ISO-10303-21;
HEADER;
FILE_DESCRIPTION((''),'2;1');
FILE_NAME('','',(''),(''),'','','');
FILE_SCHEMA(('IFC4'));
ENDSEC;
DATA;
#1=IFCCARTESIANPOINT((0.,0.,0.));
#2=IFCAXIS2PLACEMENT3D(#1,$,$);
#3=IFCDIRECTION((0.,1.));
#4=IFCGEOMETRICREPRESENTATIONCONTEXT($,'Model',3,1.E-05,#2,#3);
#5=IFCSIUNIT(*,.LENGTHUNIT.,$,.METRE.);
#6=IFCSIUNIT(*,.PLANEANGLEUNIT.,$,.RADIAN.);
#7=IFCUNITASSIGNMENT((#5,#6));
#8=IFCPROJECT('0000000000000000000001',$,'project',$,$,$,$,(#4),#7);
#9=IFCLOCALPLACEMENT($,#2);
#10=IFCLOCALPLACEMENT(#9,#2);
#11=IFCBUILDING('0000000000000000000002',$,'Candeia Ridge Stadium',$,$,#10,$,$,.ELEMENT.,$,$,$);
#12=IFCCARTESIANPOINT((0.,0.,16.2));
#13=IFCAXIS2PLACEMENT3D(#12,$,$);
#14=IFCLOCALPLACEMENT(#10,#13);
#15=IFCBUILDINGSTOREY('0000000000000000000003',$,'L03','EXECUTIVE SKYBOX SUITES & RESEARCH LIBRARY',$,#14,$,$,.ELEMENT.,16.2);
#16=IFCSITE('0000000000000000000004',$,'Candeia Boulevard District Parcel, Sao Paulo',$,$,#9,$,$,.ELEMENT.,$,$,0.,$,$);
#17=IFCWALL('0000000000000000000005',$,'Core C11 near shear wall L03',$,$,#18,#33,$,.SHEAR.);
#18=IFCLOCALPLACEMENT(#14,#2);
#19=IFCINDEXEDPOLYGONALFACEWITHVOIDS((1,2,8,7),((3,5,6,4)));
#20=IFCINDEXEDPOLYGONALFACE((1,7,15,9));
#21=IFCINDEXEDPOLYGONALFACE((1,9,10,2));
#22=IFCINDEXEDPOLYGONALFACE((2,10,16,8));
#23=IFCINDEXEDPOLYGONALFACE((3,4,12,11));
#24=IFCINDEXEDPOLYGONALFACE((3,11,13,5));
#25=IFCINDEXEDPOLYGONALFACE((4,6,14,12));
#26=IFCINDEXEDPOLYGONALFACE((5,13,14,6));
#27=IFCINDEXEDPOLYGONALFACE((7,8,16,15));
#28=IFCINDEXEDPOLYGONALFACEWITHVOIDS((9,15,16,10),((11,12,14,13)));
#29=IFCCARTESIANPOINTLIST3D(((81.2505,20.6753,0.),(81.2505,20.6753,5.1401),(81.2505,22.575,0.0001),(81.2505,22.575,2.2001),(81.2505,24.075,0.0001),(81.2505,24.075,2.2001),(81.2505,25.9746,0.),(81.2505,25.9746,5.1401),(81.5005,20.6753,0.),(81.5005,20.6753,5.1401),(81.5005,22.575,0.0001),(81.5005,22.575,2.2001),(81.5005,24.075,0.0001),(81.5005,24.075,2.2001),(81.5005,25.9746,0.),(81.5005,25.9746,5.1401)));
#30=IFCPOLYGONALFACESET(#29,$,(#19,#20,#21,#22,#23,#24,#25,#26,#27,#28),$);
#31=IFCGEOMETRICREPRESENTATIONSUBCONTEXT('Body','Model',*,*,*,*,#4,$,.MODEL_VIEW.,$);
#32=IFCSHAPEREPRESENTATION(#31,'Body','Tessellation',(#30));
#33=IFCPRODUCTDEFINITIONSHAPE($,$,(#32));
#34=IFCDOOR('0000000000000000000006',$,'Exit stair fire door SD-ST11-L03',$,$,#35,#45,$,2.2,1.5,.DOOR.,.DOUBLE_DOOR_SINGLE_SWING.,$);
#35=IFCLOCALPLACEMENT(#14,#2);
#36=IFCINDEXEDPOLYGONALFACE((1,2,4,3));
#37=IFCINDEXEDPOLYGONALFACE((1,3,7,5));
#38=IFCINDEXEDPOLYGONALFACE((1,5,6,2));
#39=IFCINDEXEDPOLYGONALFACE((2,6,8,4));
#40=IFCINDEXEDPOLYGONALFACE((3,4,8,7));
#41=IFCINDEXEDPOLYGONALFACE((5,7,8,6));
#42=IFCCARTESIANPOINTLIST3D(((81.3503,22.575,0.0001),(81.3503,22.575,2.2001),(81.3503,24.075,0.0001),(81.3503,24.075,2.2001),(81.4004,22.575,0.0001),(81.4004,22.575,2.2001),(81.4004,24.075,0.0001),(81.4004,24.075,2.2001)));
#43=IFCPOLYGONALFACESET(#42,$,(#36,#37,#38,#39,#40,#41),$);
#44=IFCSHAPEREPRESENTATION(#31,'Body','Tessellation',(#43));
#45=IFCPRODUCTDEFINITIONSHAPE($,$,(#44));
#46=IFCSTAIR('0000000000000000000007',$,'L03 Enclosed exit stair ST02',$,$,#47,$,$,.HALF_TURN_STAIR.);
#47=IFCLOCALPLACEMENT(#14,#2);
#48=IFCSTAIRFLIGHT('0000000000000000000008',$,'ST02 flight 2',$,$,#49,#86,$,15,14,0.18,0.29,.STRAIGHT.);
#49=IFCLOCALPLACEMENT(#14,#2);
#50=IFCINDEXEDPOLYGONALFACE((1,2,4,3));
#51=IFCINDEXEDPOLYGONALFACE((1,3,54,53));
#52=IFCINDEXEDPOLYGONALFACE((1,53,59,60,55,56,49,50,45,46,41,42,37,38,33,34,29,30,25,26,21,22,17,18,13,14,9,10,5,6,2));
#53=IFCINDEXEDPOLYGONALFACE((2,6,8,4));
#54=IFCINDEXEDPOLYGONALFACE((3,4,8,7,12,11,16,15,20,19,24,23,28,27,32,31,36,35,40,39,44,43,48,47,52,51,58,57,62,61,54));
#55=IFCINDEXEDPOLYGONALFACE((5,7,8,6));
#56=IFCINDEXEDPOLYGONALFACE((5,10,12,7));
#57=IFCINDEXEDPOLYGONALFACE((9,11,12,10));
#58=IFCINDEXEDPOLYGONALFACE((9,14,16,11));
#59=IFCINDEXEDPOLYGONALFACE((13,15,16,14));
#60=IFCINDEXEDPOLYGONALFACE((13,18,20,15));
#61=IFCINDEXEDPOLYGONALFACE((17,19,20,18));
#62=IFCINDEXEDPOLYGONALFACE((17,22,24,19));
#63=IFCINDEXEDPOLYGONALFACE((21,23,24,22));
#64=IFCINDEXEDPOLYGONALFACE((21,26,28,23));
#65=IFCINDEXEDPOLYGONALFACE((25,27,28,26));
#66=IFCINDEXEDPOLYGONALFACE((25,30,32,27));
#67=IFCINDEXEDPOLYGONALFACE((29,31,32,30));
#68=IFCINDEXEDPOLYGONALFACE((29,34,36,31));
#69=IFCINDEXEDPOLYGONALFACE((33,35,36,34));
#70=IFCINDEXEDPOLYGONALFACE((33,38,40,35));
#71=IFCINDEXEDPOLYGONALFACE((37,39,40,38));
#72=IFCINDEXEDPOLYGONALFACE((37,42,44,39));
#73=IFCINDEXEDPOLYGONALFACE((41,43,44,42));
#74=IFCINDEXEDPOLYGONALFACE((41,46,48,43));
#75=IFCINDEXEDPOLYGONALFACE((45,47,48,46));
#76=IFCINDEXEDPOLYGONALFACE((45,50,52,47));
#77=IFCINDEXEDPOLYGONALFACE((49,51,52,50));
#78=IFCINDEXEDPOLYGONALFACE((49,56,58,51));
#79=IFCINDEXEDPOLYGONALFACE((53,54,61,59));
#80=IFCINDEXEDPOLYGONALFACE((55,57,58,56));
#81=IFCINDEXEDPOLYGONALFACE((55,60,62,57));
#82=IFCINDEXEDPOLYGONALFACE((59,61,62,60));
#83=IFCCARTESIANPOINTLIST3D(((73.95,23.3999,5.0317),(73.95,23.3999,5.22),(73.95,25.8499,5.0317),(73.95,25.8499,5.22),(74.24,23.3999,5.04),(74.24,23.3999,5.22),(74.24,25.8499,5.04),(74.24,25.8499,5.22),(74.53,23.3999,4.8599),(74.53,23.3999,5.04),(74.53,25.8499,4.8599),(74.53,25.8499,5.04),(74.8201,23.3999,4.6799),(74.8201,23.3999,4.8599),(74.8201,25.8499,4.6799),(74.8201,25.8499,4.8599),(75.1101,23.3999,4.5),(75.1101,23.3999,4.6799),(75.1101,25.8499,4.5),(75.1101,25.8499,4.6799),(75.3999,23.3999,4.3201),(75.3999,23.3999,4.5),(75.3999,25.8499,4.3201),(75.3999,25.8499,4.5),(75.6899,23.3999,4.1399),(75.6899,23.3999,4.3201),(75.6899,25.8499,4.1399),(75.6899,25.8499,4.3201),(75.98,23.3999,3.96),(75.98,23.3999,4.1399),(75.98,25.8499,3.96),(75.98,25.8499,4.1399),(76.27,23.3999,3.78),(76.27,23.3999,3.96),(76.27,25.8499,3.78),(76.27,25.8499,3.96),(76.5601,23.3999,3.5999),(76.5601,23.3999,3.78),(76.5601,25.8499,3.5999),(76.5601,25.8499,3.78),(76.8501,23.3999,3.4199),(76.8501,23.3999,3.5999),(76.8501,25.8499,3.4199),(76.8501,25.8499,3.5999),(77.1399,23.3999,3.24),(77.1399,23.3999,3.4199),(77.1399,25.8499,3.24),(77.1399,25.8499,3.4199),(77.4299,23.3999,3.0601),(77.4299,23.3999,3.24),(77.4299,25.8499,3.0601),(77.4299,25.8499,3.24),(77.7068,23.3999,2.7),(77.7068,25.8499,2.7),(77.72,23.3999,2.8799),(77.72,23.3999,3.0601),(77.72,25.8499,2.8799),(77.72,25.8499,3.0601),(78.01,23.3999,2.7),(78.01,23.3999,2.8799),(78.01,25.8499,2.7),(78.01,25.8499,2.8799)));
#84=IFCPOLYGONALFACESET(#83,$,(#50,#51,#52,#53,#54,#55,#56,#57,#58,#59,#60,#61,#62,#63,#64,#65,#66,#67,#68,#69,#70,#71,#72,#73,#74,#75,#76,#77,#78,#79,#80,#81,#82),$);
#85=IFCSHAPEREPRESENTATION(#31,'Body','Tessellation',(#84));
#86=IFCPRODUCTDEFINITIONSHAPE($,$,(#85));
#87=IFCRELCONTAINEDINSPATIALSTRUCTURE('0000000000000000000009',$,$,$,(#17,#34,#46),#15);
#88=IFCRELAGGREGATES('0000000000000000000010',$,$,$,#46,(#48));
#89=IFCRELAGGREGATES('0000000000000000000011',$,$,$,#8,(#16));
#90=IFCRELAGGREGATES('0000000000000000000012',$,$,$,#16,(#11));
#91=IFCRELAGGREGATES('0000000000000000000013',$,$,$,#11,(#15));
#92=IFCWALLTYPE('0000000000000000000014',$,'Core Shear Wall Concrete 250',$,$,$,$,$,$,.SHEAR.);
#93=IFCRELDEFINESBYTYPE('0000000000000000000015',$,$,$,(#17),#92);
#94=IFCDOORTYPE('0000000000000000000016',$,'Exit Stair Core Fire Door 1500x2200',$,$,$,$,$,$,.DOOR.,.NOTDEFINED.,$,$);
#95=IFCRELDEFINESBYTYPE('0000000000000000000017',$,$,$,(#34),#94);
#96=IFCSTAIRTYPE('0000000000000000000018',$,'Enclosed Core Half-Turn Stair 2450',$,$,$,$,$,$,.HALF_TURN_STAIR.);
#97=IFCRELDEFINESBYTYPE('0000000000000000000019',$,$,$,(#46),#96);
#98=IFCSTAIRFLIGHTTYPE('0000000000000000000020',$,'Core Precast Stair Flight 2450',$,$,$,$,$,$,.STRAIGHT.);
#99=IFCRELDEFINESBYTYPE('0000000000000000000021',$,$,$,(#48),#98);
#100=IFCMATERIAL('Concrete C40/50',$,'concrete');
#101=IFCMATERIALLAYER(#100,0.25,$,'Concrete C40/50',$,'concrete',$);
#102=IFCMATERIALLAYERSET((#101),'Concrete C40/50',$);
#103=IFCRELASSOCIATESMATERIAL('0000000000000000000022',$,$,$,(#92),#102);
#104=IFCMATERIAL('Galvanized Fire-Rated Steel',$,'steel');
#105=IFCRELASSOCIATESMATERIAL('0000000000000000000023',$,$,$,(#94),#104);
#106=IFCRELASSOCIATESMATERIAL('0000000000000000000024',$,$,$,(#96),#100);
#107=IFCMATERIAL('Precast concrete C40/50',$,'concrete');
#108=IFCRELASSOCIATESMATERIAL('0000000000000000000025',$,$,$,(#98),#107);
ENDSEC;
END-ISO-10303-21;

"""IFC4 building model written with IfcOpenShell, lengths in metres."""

from ifc_helpers import new_model, si_unit, direction, frame, frame_2d, origin, place, context, subcontext, project, spatial, polyline, rectangle, outline, extrude, material, layer, layer_set, type_object, element, fill, aggregate, save


model = new_model("IFC4")

# Units and contexts
model_context = context("Model", 3, precision=1e-05, world=origin(), true_north=direction((0.0, 1.0)))
body_context = subcontext(model_context, "Body", "Model", "MODEL_VIEW")
ifc_project = project(units=[si_unit("LENGTHUNIT", "METRE"), si_unit("PLANEANGLEUNIT", "RADIAN")], contexts=[model_context])

# Site, building, storey
site_placement = place(None, origin())
site = spatial("IfcSite", under=ifc_project, at=site_placement, Name="Candeia Boulevard District Parcel, Sao Paulo", CompositionType="ELEMENT", RefElevation=0.0)
building_placement = place(site_placement, origin())
building = spatial("IfcBuilding", under=site, at=building_placement, Name="Candeia Ridge Stadium", CompositionType="ELEMENT")
storey_placement = place(building_placement, frame((0.0, 0.0, 16.2)))
storey = spatial("IfcBuildingStorey", under=building, at=storey_placement, Name="L03", Description="EXECUTIVE SKYBOX SUITES & RESEARCH LIBRARY", CompositionType="ELEMENT", Elevation=16.2)

# Shared definitions
ifc_material_1 = material(Name="Concrete C40/50", Category="concrete")

# Shared definitions
ifc_layer_1 = layer(ifc_material_1, 0.25, Name="Concrete C40/50", Category="concrete")
ifc_layer_set_1 = layer_set([ifc_layer_1], Name="Concrete C40/50")
wall_type = type_object("IfcWallType", Name="Core Shear Wall Concrete 250", PredefinedType="SHEAR", material=ifc_layer_set_1)

# Wall, opening, door
wall_1_placement = place(storey_placement, frame((81.3755, 25.9746, 0.0), z_axis=(0.0, 0.0, 1.0), x_axis=(0.0, -1.0, 0.0)))
wall_1 = element("IfcWall", 1, at=wall_1_placement, inside=storey, type_object=wall_type, Name="Core C11 near shear wall L03", PredefinedType="SHEAR", context=body_context, shape_type="SweptSolid", body=[
    extrude(rectangle(XDim=5.2993, YDim=0.25, at=frame_2d((2.6497, 0.0))), origin(), (0.0, 0.0, 1.0), 5.1401),
])
opening_placement = place(wall_1_placement, frame((1.8997, 0.0, 0.0)))
opening = element("IfcOpeningElement", 2, at=opening_placement, cuts=wall_1, PredefinedType="OPENING", context=body_context, shape_type="SweptSolid", body=[
    extrude(rectangle(XDim=1.5, YDim=2.2, at=frame_2d((0.75, 1.1001))), frame((0.0, 0.135, 0.0), z_axis=(0.0, -1.0, 0.0), x_axis=(1.0, 0.0, 0.0)), (0.0, 0.0, 1.0), 0.27),
])
ifc_material_2 = material(Name="Galvanized Fire-Rated Steel", Category="steel")
door_type = type_object("IfcDoorType", Name="Exit Stair Core Fire Door 1500x2200", OperationType="NOTDEFINED", PredefinedType="DOOR", material=ifc_material_2)
door_placement = place(opening_placement, origin())
door = element("IfcDoor", 3, at=door_placement, inside=storey, type_object=door_type, Name="Exit stair fire door SD-ST11-L03", OperationType="DOUBLE_DOOR_SINGLE_SWING", OverallHeight=2.2, OverallWidth=1.5, PredefinedType="DOOR", context=body_context, shape_type="SweptSolid", body=[
    extrude(rectangle(XDim=1.5, YDim=2.2, at=frame_2d((0.75, 1.1001))), frame((0.0, 0.0249, 0.0), z_axis=(0.0, -1.0, 0.0), x_axis=(1.0, 0.0, 0.0)), (0.0, 0.0, 1.0), 0.05),
])
fill(opening, door)

# Stair, stair flight
stair_type = type_object("IfcStairType", Name="Enclosed Core Half-Turn Stair 2450", PredefinedType="HALF_TURN_STAIR", material=ifc_material_1)
stair_placement = place(storey_placement, origin())
stair = element("IfcStair", 4, at=stair_placement, inside=storey, type_object=stair_type, Name="L03 Enclosed exit stair ST02", PredefinedType="HALF_TURN_STAIR")
ifc_material_3 = material(Name="Precast concrete C40/50", Category="concrete")
stair_flight_type = type_object("IfcStairFlightType", Name="Core Precast Stair Flight 2450", PredefinedType="STRAIGHT", material=ifc_material_3)
stair_flight_placement = place(storey_placement, frame((78.01, 24.625, 2.7), z_axis=(0.0, 0.0, 1.0), x_axis=(-1.0, 0.0, 0.0)))
stair_flight = element("IfcStairFlight", 5, at=stair_flight_placement, type_object=stair_flight_type, Name="ST02 flight 2", NumberOfRisers=15, NumberOfTreads=14, PredefinedType="STRAIGHT", RiserHeight=0.18, TreadLength=0.29, context=body_context, shape_type="SweptSolid", body=[
    extrude(outline(polyline([(0.0, 0.0), (0.0, 0.1799), (0.29, 0.1799), (0.29, 0.3601), (0.5801, 0.3601), (0.5801, 0.54), (0.8701, 0.54), (0.8701, 0.72), (1.1599, 0.72), (1.1599, 0.8999), (1.45, 0.8999), (1.45, 1.0801), (1.74, 1.0801), (1.74, 1.26), (2.03, 1.26), (2.03, 1.4399), (2.3201, 1.4399), (2.3201, 1.6201), (2.6101, 1.6201), (2.6101, 1.8), (2.8999, 1.8), (2.8999, 1.98), (3.1899, 1.98), (3.1899, 2.1599), (3.48, 2.1599), (3.48, 2.3401), (3.77, 2.3401), (3.77, 2.52), (4.0601, 2.52), (4.0601, 2.7), (4.0601, 2.3318), (0.3032, 0.0), (0.0, 0.0)])), frame((0.0, 1.2251, 0.0), z_axis=(0.0, -1.0, 0.0), x_axis=(1.0, 0.0, 0.0)), (0.0, 0.0, 1.0), 2.45),
])
aggregate(stair, [stair_flight])

save(model, "model.ifc")
